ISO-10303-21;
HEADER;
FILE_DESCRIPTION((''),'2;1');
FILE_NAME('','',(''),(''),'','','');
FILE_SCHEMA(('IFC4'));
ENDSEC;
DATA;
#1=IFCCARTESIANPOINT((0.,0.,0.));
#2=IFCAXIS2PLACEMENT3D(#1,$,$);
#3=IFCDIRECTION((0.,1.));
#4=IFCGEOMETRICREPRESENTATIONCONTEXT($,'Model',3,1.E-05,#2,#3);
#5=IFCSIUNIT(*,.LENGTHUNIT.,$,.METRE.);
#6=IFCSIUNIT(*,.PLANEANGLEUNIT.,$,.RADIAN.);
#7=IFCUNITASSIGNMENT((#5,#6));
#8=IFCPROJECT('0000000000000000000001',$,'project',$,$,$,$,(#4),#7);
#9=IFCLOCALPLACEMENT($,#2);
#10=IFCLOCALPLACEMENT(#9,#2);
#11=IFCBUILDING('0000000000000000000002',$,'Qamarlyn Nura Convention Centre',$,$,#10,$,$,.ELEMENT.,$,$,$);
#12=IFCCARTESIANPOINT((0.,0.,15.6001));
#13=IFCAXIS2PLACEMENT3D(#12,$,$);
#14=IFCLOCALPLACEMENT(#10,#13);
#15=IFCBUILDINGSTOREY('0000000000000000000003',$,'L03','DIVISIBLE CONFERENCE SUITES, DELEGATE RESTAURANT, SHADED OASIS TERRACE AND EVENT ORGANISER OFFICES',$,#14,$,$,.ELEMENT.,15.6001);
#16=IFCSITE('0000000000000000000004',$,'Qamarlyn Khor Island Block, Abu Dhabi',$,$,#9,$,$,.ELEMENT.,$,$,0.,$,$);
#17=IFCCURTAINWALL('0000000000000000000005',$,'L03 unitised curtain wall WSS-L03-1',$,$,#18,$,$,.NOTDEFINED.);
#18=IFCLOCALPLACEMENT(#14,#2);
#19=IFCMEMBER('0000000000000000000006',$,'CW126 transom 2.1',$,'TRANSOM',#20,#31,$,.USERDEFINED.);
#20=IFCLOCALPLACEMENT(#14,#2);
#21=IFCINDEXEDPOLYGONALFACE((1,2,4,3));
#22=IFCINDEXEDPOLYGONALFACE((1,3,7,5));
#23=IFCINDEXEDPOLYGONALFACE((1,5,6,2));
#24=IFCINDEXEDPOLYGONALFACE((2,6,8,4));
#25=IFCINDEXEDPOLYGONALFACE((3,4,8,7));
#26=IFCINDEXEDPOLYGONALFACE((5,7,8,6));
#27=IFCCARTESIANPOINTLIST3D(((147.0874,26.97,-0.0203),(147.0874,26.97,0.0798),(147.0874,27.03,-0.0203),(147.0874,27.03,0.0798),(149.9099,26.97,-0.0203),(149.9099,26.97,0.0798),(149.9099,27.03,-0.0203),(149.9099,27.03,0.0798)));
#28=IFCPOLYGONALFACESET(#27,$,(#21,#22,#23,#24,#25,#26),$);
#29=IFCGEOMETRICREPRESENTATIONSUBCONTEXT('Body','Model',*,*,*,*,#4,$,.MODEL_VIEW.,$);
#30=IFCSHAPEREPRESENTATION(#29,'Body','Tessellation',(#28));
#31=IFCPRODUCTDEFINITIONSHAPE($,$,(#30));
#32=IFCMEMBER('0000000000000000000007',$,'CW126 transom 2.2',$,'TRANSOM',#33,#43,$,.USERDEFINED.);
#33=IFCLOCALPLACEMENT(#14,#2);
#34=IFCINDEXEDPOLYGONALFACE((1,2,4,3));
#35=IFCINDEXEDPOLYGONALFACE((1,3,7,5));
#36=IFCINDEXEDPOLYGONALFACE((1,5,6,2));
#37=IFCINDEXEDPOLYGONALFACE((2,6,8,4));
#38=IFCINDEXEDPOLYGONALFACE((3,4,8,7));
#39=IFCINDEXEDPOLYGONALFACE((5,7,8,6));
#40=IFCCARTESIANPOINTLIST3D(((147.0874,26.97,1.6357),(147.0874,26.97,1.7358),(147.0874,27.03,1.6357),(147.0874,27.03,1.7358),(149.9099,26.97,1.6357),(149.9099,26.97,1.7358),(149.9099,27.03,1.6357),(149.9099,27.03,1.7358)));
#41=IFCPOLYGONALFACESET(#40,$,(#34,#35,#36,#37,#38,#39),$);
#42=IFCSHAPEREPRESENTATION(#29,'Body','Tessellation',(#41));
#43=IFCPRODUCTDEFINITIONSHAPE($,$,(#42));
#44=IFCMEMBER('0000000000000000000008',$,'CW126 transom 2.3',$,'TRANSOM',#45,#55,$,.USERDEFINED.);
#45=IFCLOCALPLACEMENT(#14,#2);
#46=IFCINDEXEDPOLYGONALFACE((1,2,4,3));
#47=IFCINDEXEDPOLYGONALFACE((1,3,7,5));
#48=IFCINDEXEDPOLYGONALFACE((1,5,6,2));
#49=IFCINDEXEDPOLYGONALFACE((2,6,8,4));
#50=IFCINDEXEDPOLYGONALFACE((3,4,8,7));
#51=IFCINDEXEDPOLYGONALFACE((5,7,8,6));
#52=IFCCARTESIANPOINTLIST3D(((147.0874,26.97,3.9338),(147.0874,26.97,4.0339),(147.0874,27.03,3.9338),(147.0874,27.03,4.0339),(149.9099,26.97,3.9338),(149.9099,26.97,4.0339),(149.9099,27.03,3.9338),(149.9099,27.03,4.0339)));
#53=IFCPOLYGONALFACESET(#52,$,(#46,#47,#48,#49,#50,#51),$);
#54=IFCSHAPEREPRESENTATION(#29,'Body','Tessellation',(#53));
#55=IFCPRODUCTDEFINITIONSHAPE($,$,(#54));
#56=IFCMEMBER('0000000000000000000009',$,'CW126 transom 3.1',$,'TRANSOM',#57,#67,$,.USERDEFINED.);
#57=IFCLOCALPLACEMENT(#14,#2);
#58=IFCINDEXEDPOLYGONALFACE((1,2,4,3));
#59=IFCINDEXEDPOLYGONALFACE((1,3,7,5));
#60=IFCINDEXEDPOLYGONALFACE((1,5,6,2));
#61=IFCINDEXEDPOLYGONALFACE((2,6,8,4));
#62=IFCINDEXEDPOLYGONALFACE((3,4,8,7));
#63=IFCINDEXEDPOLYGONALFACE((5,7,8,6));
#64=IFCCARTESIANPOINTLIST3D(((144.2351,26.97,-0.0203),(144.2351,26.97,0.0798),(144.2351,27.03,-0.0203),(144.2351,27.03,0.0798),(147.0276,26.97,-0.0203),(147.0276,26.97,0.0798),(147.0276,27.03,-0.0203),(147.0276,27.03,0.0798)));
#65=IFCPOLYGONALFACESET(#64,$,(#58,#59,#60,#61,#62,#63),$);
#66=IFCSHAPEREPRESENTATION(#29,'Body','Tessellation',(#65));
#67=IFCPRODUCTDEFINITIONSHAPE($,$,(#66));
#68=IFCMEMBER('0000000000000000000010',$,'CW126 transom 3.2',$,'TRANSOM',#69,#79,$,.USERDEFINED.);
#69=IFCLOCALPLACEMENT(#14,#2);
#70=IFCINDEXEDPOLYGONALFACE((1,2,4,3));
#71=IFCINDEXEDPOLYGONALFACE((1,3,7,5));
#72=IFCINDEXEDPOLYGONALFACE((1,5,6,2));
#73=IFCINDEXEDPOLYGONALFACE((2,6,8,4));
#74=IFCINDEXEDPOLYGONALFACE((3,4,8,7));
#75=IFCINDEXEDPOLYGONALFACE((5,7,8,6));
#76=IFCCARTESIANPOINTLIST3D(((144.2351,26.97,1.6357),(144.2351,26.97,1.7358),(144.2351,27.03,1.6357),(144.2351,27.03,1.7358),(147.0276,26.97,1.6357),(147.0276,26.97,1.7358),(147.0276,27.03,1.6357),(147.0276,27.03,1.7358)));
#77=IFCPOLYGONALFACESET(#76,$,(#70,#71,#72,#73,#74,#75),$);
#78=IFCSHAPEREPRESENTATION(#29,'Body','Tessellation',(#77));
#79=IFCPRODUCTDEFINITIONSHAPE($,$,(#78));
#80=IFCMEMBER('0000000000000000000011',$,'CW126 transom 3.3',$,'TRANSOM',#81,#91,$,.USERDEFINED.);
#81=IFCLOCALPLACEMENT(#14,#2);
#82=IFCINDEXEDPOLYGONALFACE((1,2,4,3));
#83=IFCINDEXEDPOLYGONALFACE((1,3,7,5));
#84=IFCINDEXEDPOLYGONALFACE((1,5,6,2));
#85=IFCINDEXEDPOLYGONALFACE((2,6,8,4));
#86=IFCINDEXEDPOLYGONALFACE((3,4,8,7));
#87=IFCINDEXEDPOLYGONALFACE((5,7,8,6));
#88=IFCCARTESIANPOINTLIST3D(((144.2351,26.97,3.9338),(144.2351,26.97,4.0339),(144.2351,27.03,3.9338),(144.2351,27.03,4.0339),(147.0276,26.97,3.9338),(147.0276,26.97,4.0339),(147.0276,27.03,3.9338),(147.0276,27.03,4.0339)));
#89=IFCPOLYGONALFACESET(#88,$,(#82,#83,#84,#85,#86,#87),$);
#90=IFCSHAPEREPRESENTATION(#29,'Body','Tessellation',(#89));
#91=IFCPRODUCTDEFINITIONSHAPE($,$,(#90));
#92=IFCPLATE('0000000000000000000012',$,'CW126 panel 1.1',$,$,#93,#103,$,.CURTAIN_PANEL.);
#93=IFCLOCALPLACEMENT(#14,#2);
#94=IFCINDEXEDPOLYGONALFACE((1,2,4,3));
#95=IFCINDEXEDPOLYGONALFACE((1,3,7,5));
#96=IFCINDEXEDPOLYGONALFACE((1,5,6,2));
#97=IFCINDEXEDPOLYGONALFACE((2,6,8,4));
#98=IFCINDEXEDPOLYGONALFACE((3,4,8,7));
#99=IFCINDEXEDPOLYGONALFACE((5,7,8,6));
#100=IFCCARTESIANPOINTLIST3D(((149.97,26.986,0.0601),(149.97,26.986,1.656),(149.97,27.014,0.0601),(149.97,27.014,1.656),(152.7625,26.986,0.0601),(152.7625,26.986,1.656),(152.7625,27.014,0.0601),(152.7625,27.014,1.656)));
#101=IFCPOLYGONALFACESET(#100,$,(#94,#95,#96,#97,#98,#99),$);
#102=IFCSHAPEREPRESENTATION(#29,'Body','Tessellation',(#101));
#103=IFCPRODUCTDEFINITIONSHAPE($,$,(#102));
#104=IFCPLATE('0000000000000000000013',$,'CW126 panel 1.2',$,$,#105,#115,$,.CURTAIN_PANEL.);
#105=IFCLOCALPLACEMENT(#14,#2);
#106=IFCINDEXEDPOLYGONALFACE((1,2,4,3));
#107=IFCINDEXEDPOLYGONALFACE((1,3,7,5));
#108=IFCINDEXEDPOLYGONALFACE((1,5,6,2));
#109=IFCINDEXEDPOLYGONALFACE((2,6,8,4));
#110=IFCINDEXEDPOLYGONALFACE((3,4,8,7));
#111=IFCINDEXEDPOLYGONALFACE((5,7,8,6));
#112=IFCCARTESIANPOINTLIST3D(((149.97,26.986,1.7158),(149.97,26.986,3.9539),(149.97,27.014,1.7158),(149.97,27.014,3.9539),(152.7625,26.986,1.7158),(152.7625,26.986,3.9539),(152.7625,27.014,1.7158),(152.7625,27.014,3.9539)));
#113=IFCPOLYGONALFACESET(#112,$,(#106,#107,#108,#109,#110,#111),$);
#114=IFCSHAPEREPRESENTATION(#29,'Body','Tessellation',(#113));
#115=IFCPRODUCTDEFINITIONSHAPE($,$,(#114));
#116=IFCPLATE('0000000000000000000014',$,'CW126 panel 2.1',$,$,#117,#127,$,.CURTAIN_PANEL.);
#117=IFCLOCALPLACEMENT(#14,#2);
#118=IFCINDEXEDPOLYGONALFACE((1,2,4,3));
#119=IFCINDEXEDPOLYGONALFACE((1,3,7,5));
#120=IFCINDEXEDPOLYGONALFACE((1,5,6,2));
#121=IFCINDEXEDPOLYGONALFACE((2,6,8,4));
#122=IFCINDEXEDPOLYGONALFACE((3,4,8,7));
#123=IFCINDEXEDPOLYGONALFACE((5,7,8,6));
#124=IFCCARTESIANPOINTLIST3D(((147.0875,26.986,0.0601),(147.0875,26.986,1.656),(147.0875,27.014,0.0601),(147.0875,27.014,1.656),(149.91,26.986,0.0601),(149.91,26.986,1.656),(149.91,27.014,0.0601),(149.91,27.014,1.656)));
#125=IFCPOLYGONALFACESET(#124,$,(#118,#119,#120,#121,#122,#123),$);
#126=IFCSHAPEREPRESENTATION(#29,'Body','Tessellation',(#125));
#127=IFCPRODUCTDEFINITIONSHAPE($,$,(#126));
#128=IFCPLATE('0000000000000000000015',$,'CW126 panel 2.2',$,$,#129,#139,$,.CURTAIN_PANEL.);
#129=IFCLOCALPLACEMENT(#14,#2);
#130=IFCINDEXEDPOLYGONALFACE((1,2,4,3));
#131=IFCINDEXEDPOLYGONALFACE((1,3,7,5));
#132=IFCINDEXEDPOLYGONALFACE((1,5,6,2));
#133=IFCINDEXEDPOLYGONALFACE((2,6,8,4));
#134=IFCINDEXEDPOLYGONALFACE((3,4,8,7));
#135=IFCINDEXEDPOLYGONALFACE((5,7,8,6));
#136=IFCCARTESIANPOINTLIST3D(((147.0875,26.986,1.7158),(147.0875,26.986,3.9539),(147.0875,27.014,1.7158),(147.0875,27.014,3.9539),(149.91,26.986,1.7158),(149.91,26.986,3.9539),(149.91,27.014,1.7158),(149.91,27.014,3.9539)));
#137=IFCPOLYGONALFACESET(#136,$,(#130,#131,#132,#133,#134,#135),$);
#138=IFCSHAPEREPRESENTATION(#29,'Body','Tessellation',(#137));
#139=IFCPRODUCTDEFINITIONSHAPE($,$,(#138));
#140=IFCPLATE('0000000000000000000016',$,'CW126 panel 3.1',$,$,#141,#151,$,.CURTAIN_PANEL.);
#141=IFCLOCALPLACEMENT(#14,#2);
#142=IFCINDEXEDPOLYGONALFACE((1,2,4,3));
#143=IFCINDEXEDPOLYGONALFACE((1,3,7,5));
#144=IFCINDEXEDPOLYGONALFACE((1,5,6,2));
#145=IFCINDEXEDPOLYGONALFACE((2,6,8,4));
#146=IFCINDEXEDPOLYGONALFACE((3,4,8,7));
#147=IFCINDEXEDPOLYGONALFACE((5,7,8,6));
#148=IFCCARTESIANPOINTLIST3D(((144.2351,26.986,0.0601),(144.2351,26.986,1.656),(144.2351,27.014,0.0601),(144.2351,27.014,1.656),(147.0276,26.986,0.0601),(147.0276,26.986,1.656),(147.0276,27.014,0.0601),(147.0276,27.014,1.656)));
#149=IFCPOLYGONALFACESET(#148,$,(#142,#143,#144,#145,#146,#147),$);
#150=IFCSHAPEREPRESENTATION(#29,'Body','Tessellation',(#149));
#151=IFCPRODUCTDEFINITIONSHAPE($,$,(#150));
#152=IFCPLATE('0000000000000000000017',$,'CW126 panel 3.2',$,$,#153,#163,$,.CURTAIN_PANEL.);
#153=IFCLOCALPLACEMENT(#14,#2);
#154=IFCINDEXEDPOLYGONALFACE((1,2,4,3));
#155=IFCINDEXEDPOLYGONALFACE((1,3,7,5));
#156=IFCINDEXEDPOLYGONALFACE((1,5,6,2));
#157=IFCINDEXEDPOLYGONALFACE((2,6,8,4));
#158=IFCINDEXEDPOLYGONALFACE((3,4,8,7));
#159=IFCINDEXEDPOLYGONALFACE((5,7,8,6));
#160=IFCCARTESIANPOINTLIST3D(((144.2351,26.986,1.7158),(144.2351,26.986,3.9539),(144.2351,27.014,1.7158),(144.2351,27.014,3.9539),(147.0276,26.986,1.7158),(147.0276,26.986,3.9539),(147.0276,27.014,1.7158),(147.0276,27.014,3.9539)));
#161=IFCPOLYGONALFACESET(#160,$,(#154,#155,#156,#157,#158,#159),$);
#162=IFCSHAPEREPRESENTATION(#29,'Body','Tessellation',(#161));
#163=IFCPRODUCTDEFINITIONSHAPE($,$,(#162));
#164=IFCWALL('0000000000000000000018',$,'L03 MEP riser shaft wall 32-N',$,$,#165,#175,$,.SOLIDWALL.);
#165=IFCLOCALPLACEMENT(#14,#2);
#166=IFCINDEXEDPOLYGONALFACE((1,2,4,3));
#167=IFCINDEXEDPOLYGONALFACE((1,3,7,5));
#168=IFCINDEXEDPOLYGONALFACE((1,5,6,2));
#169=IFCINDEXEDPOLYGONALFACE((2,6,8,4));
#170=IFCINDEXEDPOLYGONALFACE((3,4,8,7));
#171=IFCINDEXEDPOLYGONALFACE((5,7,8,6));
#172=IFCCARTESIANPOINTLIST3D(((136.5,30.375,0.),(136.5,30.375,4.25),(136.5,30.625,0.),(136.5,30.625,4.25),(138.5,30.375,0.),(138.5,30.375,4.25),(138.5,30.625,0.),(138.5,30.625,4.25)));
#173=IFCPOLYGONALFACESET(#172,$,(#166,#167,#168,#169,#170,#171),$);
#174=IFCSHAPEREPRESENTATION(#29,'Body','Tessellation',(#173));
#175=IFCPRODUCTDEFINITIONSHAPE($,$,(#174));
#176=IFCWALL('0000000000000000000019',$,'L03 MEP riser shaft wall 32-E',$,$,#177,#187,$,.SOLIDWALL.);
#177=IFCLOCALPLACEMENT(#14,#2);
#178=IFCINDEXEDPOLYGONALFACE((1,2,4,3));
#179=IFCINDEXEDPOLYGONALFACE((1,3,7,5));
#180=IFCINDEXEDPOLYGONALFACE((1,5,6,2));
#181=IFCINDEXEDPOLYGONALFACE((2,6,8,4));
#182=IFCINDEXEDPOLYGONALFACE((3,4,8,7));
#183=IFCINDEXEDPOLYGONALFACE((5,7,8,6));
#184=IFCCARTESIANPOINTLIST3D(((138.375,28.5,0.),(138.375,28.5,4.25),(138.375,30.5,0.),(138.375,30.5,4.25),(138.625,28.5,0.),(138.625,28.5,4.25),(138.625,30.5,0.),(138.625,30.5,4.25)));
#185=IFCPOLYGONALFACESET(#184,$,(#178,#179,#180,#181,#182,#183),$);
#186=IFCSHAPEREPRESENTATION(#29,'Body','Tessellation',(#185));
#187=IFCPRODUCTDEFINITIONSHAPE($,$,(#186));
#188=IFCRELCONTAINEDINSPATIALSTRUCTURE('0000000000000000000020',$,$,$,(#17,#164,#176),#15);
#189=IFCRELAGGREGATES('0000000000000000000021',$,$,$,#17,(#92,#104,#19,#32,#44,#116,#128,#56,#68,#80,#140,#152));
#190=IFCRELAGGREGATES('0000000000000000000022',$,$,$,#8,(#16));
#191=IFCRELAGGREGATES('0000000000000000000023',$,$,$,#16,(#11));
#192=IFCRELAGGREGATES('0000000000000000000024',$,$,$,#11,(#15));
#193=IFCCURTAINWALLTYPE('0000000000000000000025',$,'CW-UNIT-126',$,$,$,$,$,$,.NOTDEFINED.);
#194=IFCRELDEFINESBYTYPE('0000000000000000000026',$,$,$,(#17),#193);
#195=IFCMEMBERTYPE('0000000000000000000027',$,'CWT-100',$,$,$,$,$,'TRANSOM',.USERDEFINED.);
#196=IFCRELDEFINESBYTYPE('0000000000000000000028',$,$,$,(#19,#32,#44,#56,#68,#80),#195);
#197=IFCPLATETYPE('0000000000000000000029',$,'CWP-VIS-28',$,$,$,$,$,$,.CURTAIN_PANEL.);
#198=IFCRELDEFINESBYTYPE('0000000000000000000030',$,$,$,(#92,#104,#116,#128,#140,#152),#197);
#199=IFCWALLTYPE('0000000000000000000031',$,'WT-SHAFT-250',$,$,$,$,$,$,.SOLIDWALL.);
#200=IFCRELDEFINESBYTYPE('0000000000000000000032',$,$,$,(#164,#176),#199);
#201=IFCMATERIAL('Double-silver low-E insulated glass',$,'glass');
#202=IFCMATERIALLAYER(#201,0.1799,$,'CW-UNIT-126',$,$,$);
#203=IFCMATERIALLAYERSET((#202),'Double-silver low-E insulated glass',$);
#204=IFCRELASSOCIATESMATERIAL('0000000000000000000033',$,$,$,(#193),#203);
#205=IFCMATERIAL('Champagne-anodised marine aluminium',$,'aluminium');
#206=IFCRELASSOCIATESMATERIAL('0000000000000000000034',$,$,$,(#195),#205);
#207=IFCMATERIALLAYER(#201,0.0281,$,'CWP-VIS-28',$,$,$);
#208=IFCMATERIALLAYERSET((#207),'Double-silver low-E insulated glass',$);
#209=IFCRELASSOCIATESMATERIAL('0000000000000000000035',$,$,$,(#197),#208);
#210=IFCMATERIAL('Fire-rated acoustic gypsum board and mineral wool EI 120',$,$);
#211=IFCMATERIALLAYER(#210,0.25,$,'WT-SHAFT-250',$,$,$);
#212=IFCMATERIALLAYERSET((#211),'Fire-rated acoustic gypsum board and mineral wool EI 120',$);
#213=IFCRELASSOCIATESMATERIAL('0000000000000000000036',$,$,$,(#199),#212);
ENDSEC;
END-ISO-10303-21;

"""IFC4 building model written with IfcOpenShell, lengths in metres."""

from ifc_helpers import new_model, si_unit, direction, frame, frame_2d, origin, origin_2d, place, context, subcontext, project, spatial, rectangle, extrude, material, layer, layer_set, material_profile, profile_set, type_object, element, aggregate, save


model = new_model("IFC4")

# Units and contexts
model_context = context("Model", 3, precision=1e-05, world=origin(), true_north=direction((0.0, 1.0)))
body_context = subcontext(model_context, "Body", "Model", "MODEL_VIEW")
ifc_project = project(units=[si_unit("LENGTHUNIT", "METRE"), si_unit("PLANEANGLEUNIT", "RADIAN")], contexts=[model_context])

# Site, building, storey
site_placement = place(None, origin())
site = spatial("IfcSite", under=ifc_project, at=site_placement, Name="Qamarlyn Khor Island Block, Abu Dhabi", CompositionType="ELEMENT", RefElevation=0.0)
building_placement = place(site_placement, origin())
building = spatial("IfcBuilding", under=site, at=building_placement, Name="Qamarlyn Nura Convention Centre", CompositionType="ELEMENT")
storey_placement = place(building_placement, frame((0.0, 0.0, 15.6001)))
storey = spatial("IfcBuildingStorey", under=building, at=storey_placement, Name="L03", Description="DIVISIBLE CONFERENCE SUITES, DELEGATE RESTAURANT, SHADED OASIS TERRACE AND EVENT ORGANISER OFFICES", CompositionType="ELEMENT", Elevation=15.6001)

# Curtain wall, members, plates
ifc_material_1 = material(Name="Double-silver low-E insulated glass", Category="glass")
ifc_layer_1 = layer(ifc_material_1, 0.1799, Name="CW-UNIT-126")
ifc_layer_set_1 = layer_set([ifc_layer_1], Name="Double-silver low-E insulated glass")
curtain_wall_type = type_object("IfcCurtainWallType", Name="CW-UNIT-126", PredefinedType="NOTDEFINED", material=ifc_layer_set_1)
curtain_wall_placement = place(storey_placement, origin())
curtain_wall = element("IfcCurtainWall", 1, at=curtain_wall_placement, inside=storey, type_object=curtain_wall_type, Name="L03 unitised curtain wall WSS-L03-1", PredefinedType="NOTDEFINED")
ifc_material_2 = material(Name="Champagne-anodised marine aluminium", Category="aluminium")
ifc_material_profile_1 = material_profile(ifc_material_2, rectangle(XDim=0.0601, YDim=0.1001, at=origin_2d()), Name="ALU TRANSOM 60x100")
ifc_profile_set_1 = profile_set([ifc_material_profile_1], Name="Champagne-anodised marine aluminium")
member_type_1 = type_object("IfcMemberType", Name="CWT-100", ElementType="TRANSOM", PredefinedType="USERDEFINED", material=ifc_profile_set_1)
member_1_placement = place(storey_placement, frame((149.9099, 27.0, 0.0298), z_axis=(-1.0, 0.0, 0.0), x_axis=(0.0, -1.0, 0.0)))
member_1 = element("IfcMember", 2, at=member_1_placement, type_object=member_type_1, Name="CW126 transom 2.1", ObjectType="TRANSOM", PredefinedType="USERDEFINED", context=body_context, shape_type="SweptSolid", body=[
    extrude(rectangle(XDim=0.0601, YDim=0.1001, at=origin_2d()), origin(), (0.0, 0.0, 1.0), 2.8225),
])
member_2_placement = place(storey_placement, frame((149.9099, 27.0, 1.6858), z_axis=(-1.0, 0.0, 0.0), x_axis=(0.0, -1.0, 0.0)))
member_2 = element("IfcMember", 3, at=member_2_placement, type_object=member_type_1, Name="CW126 transom 2.2", ObjectType="TRANSOM", PredefinedType="USERDEFINED", context=body_context, shape_type="SweptSolid", body=[
    extrude(rectangle(XDim=0.0601, YDim=0.1001, at=origin_2d()), origin(), (0.0, 0.0, 1.0), 2.8225),
])
member_3_placement = place(storey_placement, frame((149.9099, 27.0, 3.9839), z_axis=(-1.0, 0.0, 0.0), x_axis=(0.0, -1.0, 0.0)))
member_3 = element("IfcMember", 4, at=member_3_placement, type_object=member_type_1, Name="CW126 transom 2.3", ObjectType="TRANSOM", PredefinedType="USERDEFINED", context=body_context, shape_type="SweptSolid", body=[
    extrude(rectangle(XDim=0.0601, YDim=0.1001, at=origin_2d()), origin(), (0.0, 0.0, 1.0), 2.8225),
])
member_4_placement = place(storey_placement, frame((147.0276, 27.0, 0.0298), z_axis=(-1.0, 0.0, 0.0), x_axis=(0.0, -1.0, 0.0)))
member_4 = element("IfcMember", 5, at=member_4_placement, type_object=member_type_1, Name="CW126 transom 3.1", ObjectType="TRANSOM", PredefinedType="USERDEFINED", context=body_context, shape_type="SweptSolid", body=[
    extrude(rectangle(XDim=0.0601, YDim=0.1001, at=origin_2d()), origin(), (0.0, 0.0, 1.0), 2.7925),
])
member_5_placement = place(storey_placement, frame((147.0276, 27.0, 1.6858), z_axis=(-1.0, 0.0, 0.0), x_axis=(0.0, -1.0, 0.0)))
member_5 = element("IfcMember", 6, at=member_5_placement, type_object=member_type_1, Name="CW126 transom 3.2", ObjectType="TRANSOM", PredefinedType="USERDEFINED", context=body_context, shape_type="SweptSolid", body=[
    extrude(rectangle(XDim=0.0601, YDim=0.1001, at=origin_2d()), origin(), (0.0, 0.0, 1.0), 2.7925),
])
member_6_placement = place(storey_placement, frame((147.0276, 27.0, 3.9839), z_axis=(-1.0, 0.0, 0.0), x_axis=(0.0, -1.0, 0.0)))
member_6 = element("IfcMember", 7, at=member_6_placement, type_object=member_type_1, Name="CW126 transom 3.3", ObjectType="TRANSOM", PredefinedType="USERDEFINED", context=body_context, shape_type="SweptSolid", body=[
    extrude(rectangle(XDim=0.0601, YDim=0.1001, at=origin_2d()), origin(), (0.0, 0.0, 1.0), 2.7925),
])
ifc_layer_2 = layer(ifc_material_1, 0.0281, Name="CWP-VIS-28")
ifc_layer_set_2 = layer_set([ifc_layer_2], Name="Double-silver low-E insulated glass")
plate_type = type_object("IfcPlateType", Name="CWP-VIS-28", PredefinedType="CURTAIN_PANEL", material=ifc_layer_set_2)
plate_1_placement = place(storey_placement, frame((151.3662, 27.0, 0.0601), z_axis=(0.0, 0.0, 1.0), x_axis=(-1.0, 0.0, 0.0)))
plate_1 = element("IfcPlate", 8, at=plate_1_placement, type_object=plate_type, Name="CW126 panel 1.1", PredefinedType="CURTAIN_PANEL", context=body_context, shape_type="SweptSolid", body=[
    extrude(rectangle(XDim=2.7925, YDim=0.0281, at=origin_2d()), origin(), (0.0, 0.0, 1.0), 1.5959),
])
plate_2_placement = place(storey_placement, frame((151.3662, 27.0, 1.7158), z_axis=(0.0, 0.0, 1.0), x_axis=(-1.0, 0.0, 0.0)))
plate_2 = element("IfcPlate", 9, at=plate_2_placement, type_object=plate_type, Name="CW126 panel 1.2", PredefinedType="CURTAIN_PANEL", context=body_context, shape_type="SweptSolid", body=[
    extrude(rectangle(XDim=2.7925, YDim=0.0281, at=origin_2d()), origin(), (0.0, 0.0, 1.0), 2.238),
])
plate_3_placement = place(storey_placement, frame((148.4988, 27.0, 0.0601), z_axis=(0.0, 0.0, 1.0), x_axis=(-1.0, 0.0, 0.0)))
plate_3 = element("IfcPlate", 10, at=plate_3_placement, type_object=plate_type, Name="CW126 panel 2.1", PredefinedType="CURTAIN_PANEL", context=body_context, shape_type="SweptSolid", body=[
    extrude(rectangle(XDim=2.8225, YDim=0.0281, at=origin_2d()), origin(), (0.0, 0.0, 1.0), 1.5959),
])
plate_4_placement = place(storey_placement, frame((148.4988, 27.0, 1.7158), z_axis=(0.0, 0.0, 1.0), x_axis=(-1.0, 0.0, 0.0)))
plate_4 = element("IfcPlate", 11, at=plate_4_placement, type_object=plate_type, Name="CW126 panel 2.2", PredefinedType="CURTAIN_PANEL", context=body_context, shape_type="SweptSolid", body=[
    extrude(rectangle(XDim=2.8225, YDim=0.0281, at=origin_2d()), origin(), (0.0, 0.0, 1.0), 2.238),
])
plate_5_placement = place(storey_placement, frame((145.6313, 27.0, 0.0601), z_axis=(0.0, 0.0, 1.0), x_axis=(-1.0, 0.0, 0.0)))
plate_5 = element("IfcPlate", 12, at=plate_5_placement, type_object=plate_type, Name="CW126 panel 3.1", PredefinedType="CURTAIN_PANEL", context=body_context, shape_type="SweptSolid", body=[
    extrude(rectangle(XDim=2.7925, YDim=0.0281, at=origin_2d()), origin(), (0.0, 0.0, 1.0), 1.5959),
])
plate_6_placement = place(storey_placement, frame((145.6313, 27.0, 1.7158), z_axis=(0.0, 0.0, 1.0), x_axis=(-1.0, 0.0, 0.0)))
plate_6 = element("IfcPlate", 13, at=plate_6_placement, type_object=plate_type, Name="CW126 panel 3.2", PredefinedType="CURTAIN_PANEL", context=body_context, shape_type="SweptSolid", body=[
    extrude(rectangle(XDim=2.7925, YDim=0.0281, at=origin_2d()), origin(), (0.0, 0.0, 1.0), 2.238),
])
aggregate(curtain_wall, [plate_1, plate_2, member_1, member_2, member_3, plate_3, plate_4, member_4, member_5, member_6, plate_5, plate_6])

# Walls
ifc_material_3 = material(Name="Fire-rated acoustic gypsum board and mineral wool EI 120")
ifc_layer_3 = layer(ifc_material_3, 0.25, Name="WT-SHAFT-250")
ifc_layer_set_3 = layer_set([ifc_layer_3], Name="Fire-rated acoustic gypsum board and mineral wool EI 120")
wall_type = type_object("IfcWallType", Name="WT-SHAFT-250", PredefinedType="SOLIDWALL", material=ifc_layer_set_3)
for number, where, z_axis, x_axis, name in (
    (14, (138.5, 30.5, 0.0), (0.0, 0.0, 1.0), (-1.0, 0.0, 0.0), "L03 MEP riser shaft wall 32-N"),
    (15, (138.5, 28.5, 0.0), (0.0, 0.0, 1.0), (0.0, 1.0, 0.0), "L03 MEP riser shaft wall 32-E"),
):
    element("IfcWall", number, at=place(storey_placement, frame(where, z_axis=z_axis, x_axis=x_axis)), inside=storey, type_object=wall_type, Name=name, PredefinedType="SOLIDWALL", context=body_context, shape_type="SweptSolid", body=[
        extrude(rectangle(XDim=2.0, YDim=0.25, at=frame_2d((1.0, 0.0))), origin(), (0.0, 0.0, 1.0), 4.25),
    ])

save(model, "model.ifc")
